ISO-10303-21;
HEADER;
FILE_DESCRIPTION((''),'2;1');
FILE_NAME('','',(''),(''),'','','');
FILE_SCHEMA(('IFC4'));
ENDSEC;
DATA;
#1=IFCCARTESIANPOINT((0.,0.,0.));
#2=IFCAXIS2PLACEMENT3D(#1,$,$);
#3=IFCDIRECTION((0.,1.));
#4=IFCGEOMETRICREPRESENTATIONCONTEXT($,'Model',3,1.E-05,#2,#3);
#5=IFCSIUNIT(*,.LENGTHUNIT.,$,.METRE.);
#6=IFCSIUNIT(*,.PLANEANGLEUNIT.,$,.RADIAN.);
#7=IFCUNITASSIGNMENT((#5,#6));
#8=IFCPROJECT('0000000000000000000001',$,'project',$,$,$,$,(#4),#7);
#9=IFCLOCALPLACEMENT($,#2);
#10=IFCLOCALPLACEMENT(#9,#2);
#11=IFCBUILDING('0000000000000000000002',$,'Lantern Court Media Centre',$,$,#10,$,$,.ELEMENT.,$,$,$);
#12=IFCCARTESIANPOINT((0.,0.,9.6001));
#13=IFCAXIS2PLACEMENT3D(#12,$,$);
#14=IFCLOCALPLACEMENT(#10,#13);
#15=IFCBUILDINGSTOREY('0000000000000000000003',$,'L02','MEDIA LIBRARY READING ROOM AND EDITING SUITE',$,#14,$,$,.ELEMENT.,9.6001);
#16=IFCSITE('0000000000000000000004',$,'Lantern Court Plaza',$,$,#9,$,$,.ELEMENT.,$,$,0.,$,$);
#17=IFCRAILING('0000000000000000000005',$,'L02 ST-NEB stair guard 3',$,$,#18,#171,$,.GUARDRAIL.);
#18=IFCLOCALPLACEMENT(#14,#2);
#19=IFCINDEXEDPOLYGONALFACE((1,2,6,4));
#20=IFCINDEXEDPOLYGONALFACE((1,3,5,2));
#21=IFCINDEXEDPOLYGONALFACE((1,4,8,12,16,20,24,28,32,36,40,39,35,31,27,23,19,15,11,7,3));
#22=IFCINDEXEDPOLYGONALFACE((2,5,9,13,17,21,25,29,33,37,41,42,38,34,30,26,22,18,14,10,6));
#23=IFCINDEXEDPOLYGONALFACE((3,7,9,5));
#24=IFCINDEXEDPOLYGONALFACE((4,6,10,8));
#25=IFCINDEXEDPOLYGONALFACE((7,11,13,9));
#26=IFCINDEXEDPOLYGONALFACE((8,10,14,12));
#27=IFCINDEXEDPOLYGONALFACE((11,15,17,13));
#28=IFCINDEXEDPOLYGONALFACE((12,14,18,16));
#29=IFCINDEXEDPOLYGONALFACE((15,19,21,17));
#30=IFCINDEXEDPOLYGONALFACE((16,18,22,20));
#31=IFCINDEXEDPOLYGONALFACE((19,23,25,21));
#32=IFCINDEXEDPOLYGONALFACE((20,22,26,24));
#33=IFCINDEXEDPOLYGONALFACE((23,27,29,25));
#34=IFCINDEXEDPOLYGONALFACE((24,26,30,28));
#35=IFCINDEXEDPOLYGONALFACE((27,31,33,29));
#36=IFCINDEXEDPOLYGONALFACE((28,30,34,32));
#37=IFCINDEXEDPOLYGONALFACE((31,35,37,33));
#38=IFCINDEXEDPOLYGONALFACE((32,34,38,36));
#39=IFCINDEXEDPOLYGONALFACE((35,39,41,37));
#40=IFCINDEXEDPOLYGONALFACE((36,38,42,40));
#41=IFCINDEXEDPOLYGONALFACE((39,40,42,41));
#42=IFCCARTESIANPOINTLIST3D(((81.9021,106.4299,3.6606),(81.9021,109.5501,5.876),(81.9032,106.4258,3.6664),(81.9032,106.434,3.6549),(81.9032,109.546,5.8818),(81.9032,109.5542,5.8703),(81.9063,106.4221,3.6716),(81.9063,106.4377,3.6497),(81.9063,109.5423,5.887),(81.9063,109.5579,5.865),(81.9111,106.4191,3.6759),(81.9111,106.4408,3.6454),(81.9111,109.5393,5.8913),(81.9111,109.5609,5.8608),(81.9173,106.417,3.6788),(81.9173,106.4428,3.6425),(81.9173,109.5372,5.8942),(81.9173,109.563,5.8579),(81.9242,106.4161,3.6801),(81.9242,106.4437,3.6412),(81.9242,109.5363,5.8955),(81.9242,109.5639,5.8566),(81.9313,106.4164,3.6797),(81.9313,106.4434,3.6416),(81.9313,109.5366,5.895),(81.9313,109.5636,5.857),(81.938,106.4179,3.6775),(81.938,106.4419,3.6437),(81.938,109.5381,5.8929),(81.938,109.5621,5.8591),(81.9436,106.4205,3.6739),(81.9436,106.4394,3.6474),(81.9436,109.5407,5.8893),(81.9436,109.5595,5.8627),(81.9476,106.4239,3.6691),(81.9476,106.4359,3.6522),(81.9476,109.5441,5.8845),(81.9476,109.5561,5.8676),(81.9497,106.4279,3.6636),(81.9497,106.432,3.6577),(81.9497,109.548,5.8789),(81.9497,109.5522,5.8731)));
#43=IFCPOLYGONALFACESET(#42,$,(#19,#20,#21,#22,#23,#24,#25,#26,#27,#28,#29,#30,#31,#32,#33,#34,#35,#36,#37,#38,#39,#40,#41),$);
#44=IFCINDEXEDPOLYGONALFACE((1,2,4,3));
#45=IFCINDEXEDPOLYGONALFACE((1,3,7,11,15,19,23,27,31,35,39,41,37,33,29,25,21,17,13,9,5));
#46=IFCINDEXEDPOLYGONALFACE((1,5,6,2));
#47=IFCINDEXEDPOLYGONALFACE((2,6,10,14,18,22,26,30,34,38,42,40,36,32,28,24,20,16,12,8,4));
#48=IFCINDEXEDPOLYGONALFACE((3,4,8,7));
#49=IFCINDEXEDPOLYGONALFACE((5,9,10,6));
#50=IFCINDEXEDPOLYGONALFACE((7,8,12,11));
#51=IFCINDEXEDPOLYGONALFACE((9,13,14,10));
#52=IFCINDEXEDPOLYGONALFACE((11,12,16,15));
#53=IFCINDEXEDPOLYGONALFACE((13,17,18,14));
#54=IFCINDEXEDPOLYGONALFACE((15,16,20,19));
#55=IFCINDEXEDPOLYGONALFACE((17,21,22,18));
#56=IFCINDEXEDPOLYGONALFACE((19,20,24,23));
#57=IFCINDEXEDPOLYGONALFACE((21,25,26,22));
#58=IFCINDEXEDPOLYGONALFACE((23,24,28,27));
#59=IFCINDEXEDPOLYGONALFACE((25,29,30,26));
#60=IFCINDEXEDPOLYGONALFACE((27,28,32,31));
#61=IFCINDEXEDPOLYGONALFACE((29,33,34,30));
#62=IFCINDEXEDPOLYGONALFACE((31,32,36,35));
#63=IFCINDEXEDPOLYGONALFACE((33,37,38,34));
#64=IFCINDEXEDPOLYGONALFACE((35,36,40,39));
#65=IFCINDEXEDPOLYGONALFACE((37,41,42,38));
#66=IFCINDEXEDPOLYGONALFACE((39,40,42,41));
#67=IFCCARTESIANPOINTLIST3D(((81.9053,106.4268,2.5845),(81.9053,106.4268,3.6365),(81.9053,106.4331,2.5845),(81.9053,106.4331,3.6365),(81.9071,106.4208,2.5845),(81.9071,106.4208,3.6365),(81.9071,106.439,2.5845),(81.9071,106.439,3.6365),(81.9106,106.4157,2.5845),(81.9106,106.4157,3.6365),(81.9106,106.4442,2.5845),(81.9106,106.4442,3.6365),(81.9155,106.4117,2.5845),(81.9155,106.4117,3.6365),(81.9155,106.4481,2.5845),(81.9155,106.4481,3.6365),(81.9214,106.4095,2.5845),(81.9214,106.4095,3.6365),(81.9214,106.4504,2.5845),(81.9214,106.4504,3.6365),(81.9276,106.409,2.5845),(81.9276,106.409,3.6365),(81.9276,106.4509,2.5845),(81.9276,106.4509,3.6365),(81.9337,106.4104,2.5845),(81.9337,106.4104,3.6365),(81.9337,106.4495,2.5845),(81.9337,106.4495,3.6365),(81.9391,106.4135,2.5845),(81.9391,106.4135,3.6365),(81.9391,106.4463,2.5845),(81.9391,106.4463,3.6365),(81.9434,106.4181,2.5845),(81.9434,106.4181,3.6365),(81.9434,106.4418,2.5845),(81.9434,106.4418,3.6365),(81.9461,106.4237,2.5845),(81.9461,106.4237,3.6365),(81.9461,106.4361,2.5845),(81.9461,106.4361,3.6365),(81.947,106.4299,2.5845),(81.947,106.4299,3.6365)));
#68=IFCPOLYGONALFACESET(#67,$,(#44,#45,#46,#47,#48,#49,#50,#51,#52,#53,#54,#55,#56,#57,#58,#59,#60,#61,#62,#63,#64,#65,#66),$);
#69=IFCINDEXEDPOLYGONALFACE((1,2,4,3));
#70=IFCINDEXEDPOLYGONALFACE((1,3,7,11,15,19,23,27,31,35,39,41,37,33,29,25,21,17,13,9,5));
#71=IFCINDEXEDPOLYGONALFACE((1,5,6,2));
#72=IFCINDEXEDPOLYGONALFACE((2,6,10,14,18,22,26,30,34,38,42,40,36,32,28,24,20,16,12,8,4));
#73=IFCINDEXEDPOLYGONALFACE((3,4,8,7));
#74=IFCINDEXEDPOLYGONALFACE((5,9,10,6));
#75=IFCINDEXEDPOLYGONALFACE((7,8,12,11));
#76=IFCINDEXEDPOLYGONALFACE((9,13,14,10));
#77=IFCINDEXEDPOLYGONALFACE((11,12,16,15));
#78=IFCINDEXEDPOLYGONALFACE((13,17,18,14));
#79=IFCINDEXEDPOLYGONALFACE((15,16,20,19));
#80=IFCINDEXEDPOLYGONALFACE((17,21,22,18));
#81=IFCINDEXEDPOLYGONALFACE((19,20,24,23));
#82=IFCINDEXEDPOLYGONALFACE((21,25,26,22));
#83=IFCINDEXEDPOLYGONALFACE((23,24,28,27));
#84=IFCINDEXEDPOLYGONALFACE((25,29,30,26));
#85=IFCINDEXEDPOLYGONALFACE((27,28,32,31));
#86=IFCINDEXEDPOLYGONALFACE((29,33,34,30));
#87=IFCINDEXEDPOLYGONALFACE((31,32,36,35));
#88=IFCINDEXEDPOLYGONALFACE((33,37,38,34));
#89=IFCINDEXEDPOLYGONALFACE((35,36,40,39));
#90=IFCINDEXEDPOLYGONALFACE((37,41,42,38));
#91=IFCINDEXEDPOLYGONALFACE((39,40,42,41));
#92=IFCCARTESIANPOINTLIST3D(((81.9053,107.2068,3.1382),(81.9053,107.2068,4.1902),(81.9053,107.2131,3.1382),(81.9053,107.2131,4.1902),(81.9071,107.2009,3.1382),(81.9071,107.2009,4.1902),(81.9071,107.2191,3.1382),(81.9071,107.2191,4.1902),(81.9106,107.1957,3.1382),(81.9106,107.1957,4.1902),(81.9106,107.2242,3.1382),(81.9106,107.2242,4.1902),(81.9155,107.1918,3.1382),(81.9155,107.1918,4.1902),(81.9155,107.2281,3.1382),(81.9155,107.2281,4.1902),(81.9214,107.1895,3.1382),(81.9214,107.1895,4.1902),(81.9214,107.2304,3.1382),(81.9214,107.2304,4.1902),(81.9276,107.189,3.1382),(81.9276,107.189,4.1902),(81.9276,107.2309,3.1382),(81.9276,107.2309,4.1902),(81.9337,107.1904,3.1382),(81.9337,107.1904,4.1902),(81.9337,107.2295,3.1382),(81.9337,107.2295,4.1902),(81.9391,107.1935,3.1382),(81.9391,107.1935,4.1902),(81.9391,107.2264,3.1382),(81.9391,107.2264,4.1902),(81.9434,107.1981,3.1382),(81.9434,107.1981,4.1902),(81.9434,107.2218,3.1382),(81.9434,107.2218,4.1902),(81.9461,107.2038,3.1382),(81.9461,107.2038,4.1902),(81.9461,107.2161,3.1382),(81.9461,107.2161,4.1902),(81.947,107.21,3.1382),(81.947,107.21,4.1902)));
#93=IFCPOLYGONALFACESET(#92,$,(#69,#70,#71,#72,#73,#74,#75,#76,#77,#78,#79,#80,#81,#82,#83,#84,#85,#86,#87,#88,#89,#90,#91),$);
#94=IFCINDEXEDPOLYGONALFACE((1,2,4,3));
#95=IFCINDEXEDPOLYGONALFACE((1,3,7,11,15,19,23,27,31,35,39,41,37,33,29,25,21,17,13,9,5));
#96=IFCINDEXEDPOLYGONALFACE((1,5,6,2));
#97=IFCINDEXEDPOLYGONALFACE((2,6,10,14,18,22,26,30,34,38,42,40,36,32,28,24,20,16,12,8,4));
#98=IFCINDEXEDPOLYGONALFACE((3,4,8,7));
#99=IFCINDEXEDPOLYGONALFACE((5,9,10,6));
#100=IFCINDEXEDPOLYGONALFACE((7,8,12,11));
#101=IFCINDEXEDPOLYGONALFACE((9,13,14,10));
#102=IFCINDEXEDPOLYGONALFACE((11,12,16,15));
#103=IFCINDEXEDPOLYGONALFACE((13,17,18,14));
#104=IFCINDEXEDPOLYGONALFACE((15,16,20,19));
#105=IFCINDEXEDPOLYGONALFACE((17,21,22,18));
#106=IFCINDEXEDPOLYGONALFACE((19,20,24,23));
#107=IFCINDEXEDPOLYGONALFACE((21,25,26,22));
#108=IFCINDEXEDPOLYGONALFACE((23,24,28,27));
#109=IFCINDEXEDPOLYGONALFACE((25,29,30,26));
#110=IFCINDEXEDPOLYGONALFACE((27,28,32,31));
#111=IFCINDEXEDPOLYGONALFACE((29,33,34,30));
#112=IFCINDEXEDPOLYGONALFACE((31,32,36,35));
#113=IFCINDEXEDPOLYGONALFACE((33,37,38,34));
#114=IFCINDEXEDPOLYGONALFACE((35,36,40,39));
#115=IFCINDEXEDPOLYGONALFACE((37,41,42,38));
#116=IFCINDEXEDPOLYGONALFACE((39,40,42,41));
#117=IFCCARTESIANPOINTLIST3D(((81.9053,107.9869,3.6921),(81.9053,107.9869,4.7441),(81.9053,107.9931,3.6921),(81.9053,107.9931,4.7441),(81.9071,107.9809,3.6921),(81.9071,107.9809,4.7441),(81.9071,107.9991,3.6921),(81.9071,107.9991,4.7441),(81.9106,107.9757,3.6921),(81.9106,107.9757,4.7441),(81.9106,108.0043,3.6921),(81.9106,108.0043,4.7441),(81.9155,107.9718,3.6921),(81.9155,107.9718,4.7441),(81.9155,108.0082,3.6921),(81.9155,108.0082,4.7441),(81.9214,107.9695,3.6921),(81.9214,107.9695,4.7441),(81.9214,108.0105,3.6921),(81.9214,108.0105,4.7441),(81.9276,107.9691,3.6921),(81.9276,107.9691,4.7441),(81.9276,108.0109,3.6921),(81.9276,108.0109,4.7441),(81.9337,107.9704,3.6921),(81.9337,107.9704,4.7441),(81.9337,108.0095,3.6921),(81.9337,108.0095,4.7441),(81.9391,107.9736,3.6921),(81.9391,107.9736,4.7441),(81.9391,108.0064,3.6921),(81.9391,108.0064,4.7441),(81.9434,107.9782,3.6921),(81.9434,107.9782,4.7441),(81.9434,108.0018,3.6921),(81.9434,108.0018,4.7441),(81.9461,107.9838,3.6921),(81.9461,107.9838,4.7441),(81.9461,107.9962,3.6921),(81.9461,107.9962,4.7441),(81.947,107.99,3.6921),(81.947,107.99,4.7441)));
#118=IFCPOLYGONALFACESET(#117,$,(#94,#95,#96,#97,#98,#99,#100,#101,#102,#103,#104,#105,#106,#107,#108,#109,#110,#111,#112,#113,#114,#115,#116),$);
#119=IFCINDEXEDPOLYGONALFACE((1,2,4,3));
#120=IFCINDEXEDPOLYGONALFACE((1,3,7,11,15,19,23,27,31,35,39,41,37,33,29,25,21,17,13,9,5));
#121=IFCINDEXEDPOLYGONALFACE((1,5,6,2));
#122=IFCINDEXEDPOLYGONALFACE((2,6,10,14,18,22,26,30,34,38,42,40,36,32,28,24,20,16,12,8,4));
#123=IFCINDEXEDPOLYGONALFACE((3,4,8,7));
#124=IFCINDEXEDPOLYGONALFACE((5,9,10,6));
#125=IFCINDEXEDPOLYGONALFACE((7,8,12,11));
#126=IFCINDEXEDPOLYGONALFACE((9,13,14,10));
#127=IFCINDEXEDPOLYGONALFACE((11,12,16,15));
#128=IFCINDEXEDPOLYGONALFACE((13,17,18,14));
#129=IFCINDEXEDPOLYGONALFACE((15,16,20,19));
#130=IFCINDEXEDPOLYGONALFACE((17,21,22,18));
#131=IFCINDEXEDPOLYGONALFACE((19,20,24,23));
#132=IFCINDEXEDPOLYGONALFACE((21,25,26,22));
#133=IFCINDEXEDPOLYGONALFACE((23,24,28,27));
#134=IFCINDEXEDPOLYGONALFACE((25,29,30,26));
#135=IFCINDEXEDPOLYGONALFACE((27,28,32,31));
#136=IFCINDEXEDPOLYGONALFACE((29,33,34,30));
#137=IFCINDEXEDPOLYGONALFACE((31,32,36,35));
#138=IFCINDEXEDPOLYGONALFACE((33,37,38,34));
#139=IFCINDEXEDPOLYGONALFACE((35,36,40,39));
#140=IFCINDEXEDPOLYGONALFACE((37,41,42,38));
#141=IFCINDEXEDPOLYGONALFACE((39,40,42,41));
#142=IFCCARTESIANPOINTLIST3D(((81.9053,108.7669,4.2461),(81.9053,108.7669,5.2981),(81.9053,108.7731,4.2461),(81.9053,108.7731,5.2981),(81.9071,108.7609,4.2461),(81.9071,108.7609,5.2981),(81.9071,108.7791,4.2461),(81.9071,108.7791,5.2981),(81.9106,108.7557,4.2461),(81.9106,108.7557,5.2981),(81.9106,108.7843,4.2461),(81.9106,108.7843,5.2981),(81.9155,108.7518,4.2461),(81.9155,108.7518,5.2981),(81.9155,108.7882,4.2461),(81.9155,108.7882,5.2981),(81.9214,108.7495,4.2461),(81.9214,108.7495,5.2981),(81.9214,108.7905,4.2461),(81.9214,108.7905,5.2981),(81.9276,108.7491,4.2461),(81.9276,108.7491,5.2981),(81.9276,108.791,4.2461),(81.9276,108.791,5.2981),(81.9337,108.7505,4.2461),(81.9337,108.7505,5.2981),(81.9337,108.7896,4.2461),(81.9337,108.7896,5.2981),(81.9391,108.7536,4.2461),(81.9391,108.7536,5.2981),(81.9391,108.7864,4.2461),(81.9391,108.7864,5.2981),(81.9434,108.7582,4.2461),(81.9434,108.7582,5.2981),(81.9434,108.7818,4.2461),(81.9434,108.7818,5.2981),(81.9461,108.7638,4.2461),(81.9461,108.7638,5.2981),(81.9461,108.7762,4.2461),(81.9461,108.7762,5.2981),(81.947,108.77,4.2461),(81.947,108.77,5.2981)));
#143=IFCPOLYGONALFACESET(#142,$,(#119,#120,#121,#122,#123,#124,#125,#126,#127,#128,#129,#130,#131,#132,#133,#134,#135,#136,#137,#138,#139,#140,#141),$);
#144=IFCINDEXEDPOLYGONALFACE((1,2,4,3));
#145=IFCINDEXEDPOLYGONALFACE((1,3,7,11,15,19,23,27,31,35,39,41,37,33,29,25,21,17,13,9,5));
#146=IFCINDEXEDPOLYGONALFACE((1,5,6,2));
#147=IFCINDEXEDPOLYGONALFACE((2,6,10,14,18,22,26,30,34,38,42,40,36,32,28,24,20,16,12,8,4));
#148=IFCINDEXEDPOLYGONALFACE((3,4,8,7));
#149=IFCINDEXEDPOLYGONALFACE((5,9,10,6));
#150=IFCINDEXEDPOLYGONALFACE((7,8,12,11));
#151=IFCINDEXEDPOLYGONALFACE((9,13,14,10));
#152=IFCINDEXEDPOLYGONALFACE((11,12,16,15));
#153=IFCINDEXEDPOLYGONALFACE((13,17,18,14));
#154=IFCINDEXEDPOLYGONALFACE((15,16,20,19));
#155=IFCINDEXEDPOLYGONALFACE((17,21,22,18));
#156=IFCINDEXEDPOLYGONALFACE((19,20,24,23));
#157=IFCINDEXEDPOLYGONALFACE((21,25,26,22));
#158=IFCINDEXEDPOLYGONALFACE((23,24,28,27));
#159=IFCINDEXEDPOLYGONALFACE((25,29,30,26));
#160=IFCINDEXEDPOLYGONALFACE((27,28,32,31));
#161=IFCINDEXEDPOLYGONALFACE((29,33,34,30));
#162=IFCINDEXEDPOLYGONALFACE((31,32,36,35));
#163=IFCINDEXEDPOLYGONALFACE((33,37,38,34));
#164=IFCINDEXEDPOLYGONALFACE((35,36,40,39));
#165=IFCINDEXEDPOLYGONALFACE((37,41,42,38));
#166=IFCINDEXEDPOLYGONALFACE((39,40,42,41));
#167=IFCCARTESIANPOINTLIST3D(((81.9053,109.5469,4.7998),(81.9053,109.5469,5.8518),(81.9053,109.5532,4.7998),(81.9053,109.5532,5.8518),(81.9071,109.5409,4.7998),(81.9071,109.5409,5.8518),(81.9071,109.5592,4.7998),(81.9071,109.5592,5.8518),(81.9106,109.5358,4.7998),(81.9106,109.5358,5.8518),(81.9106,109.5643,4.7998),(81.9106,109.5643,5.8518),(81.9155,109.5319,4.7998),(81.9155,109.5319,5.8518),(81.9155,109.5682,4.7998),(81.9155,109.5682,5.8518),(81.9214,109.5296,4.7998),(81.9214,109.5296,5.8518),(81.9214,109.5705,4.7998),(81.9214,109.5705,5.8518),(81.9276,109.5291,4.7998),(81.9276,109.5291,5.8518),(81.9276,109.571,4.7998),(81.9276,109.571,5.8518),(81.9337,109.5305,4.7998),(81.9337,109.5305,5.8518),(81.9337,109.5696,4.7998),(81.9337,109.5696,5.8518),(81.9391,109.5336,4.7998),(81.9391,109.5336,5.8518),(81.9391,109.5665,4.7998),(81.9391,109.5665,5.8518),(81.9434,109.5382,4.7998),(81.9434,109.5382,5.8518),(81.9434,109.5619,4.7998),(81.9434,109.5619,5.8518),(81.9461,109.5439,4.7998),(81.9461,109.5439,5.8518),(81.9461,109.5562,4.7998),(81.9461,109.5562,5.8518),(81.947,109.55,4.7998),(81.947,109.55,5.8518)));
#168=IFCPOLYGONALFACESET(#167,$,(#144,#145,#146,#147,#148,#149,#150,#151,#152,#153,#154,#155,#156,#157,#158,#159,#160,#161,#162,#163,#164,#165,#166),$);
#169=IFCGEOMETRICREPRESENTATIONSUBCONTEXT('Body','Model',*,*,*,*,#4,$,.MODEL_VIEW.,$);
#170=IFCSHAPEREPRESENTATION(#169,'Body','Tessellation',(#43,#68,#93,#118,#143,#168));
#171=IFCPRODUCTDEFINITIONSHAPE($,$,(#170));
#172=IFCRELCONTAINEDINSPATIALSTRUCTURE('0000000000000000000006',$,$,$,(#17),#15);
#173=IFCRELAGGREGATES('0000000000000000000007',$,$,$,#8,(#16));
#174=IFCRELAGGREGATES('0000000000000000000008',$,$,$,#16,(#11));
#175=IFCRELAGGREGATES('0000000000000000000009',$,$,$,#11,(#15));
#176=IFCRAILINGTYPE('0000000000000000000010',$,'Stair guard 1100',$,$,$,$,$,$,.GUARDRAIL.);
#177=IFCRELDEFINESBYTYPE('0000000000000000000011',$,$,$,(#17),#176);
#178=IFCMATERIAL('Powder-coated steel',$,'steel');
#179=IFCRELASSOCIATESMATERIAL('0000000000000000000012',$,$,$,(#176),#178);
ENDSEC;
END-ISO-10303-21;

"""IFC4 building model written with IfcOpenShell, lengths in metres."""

from ifc_helpers import new_model, si_unit, direction, frame, origin, origin_2d, place, context, subcontext, project, spatial, circle, extrude, material, type_object, element, save


model = new_model("IFC4")

# Units and contexts
model_context = context("Model", 3, precision=1e-05, world=origin(), true_north=direction((0.0, 1.0)))
body_context = subcontext(model_context, "Body", "Model", "MODEL_VIEW")
ifc_project = project(units=[si_unit("LENGTHUNIT", "METRE"), si_unit("PLANEANGLEUNIT", "RADIAN")], contexts=[model_context])

# Site, building, storey
site_placement = place(None, origin())
site = spatial("IfcSite", under=ifc_project, at=site_placement, Name="Lantern Court Plaza", CompositionType="ELEMENT", RefElevation=0.0)
building_placement = place(site_placement, origin())
building = spatial("IfcBuilding", under=site, at=building_placement, Name="Lantern Court Media Centre", CompositionType="ELEMENT")
storey_placement = place(building_placement, frame((0.0, 0.0, 9.6001)))
storey = spatial("IfcBuildingStorey", under=building, at=storey_placement, Name="L02", Description="MEDIA LIBRARY READING ROOM AND EDITING SUITE", CompositionType="ELEMENT", Elevation=9.6001)

# Shared definitions
ifc_material_1 = material(Name="Powder-coated steel", Category="steel")

# Railing
railing_type_1 = type_object("IfcRailingType", Name="Stair guard 1100", PredefinedType="GUARDRAIL", material=ifc_material_1)
railing_1_placement = place(storey_placement, frame((81.926, 106.4299, 2.5845)))
element("IfcRailing", 1, at=railing_1_placement, inside=storey, type_object=railing_type_1, Name="L02 ST-NEB stair guard 3", PredefinedType="GUARDRAIL", context=body_context, shape_type="SweptSolid", body=[
    extrude(circle(Radius=0.0239, at=origin_2d()), frame((0.0, 0.0, 1.0762), z_axis=(0.0, 0.815377, 0.57893), x_axis=(-1.0, 0.0, 0.0)), (0.0, 0.0, 1.0), 3.8267),
    extrude(circle(Radius=0.021, at=origin_2d()), origin(), (0.0, 0.0, 1.0), 1.052),
    extrude(circle(Radius=0.021, at=origin_2d()), frame((0.0, 0.78, 0.5537)), (0.0, 0.0, 1.0), 1.052),
    extrude(circle(Radius=0.021, at=origin_2d()), frame((0.0, 1.5601, 1.1077)), (0.0, 0.0, 1.0), 1.052),
    extrude(circle(Radius=0.021, at=origin_2d()), frame((0.0, 2.3401, 1.6616)), (0.0, 0.0, 1.0), 1.052),
    extrude(circle(Radius=0.021, at=origin_2d()), frame((0.0, 3.1201, 2.2153)), (0.0, 0.0, 1.0), 1.052),
])

save(model, "model.ifc")
